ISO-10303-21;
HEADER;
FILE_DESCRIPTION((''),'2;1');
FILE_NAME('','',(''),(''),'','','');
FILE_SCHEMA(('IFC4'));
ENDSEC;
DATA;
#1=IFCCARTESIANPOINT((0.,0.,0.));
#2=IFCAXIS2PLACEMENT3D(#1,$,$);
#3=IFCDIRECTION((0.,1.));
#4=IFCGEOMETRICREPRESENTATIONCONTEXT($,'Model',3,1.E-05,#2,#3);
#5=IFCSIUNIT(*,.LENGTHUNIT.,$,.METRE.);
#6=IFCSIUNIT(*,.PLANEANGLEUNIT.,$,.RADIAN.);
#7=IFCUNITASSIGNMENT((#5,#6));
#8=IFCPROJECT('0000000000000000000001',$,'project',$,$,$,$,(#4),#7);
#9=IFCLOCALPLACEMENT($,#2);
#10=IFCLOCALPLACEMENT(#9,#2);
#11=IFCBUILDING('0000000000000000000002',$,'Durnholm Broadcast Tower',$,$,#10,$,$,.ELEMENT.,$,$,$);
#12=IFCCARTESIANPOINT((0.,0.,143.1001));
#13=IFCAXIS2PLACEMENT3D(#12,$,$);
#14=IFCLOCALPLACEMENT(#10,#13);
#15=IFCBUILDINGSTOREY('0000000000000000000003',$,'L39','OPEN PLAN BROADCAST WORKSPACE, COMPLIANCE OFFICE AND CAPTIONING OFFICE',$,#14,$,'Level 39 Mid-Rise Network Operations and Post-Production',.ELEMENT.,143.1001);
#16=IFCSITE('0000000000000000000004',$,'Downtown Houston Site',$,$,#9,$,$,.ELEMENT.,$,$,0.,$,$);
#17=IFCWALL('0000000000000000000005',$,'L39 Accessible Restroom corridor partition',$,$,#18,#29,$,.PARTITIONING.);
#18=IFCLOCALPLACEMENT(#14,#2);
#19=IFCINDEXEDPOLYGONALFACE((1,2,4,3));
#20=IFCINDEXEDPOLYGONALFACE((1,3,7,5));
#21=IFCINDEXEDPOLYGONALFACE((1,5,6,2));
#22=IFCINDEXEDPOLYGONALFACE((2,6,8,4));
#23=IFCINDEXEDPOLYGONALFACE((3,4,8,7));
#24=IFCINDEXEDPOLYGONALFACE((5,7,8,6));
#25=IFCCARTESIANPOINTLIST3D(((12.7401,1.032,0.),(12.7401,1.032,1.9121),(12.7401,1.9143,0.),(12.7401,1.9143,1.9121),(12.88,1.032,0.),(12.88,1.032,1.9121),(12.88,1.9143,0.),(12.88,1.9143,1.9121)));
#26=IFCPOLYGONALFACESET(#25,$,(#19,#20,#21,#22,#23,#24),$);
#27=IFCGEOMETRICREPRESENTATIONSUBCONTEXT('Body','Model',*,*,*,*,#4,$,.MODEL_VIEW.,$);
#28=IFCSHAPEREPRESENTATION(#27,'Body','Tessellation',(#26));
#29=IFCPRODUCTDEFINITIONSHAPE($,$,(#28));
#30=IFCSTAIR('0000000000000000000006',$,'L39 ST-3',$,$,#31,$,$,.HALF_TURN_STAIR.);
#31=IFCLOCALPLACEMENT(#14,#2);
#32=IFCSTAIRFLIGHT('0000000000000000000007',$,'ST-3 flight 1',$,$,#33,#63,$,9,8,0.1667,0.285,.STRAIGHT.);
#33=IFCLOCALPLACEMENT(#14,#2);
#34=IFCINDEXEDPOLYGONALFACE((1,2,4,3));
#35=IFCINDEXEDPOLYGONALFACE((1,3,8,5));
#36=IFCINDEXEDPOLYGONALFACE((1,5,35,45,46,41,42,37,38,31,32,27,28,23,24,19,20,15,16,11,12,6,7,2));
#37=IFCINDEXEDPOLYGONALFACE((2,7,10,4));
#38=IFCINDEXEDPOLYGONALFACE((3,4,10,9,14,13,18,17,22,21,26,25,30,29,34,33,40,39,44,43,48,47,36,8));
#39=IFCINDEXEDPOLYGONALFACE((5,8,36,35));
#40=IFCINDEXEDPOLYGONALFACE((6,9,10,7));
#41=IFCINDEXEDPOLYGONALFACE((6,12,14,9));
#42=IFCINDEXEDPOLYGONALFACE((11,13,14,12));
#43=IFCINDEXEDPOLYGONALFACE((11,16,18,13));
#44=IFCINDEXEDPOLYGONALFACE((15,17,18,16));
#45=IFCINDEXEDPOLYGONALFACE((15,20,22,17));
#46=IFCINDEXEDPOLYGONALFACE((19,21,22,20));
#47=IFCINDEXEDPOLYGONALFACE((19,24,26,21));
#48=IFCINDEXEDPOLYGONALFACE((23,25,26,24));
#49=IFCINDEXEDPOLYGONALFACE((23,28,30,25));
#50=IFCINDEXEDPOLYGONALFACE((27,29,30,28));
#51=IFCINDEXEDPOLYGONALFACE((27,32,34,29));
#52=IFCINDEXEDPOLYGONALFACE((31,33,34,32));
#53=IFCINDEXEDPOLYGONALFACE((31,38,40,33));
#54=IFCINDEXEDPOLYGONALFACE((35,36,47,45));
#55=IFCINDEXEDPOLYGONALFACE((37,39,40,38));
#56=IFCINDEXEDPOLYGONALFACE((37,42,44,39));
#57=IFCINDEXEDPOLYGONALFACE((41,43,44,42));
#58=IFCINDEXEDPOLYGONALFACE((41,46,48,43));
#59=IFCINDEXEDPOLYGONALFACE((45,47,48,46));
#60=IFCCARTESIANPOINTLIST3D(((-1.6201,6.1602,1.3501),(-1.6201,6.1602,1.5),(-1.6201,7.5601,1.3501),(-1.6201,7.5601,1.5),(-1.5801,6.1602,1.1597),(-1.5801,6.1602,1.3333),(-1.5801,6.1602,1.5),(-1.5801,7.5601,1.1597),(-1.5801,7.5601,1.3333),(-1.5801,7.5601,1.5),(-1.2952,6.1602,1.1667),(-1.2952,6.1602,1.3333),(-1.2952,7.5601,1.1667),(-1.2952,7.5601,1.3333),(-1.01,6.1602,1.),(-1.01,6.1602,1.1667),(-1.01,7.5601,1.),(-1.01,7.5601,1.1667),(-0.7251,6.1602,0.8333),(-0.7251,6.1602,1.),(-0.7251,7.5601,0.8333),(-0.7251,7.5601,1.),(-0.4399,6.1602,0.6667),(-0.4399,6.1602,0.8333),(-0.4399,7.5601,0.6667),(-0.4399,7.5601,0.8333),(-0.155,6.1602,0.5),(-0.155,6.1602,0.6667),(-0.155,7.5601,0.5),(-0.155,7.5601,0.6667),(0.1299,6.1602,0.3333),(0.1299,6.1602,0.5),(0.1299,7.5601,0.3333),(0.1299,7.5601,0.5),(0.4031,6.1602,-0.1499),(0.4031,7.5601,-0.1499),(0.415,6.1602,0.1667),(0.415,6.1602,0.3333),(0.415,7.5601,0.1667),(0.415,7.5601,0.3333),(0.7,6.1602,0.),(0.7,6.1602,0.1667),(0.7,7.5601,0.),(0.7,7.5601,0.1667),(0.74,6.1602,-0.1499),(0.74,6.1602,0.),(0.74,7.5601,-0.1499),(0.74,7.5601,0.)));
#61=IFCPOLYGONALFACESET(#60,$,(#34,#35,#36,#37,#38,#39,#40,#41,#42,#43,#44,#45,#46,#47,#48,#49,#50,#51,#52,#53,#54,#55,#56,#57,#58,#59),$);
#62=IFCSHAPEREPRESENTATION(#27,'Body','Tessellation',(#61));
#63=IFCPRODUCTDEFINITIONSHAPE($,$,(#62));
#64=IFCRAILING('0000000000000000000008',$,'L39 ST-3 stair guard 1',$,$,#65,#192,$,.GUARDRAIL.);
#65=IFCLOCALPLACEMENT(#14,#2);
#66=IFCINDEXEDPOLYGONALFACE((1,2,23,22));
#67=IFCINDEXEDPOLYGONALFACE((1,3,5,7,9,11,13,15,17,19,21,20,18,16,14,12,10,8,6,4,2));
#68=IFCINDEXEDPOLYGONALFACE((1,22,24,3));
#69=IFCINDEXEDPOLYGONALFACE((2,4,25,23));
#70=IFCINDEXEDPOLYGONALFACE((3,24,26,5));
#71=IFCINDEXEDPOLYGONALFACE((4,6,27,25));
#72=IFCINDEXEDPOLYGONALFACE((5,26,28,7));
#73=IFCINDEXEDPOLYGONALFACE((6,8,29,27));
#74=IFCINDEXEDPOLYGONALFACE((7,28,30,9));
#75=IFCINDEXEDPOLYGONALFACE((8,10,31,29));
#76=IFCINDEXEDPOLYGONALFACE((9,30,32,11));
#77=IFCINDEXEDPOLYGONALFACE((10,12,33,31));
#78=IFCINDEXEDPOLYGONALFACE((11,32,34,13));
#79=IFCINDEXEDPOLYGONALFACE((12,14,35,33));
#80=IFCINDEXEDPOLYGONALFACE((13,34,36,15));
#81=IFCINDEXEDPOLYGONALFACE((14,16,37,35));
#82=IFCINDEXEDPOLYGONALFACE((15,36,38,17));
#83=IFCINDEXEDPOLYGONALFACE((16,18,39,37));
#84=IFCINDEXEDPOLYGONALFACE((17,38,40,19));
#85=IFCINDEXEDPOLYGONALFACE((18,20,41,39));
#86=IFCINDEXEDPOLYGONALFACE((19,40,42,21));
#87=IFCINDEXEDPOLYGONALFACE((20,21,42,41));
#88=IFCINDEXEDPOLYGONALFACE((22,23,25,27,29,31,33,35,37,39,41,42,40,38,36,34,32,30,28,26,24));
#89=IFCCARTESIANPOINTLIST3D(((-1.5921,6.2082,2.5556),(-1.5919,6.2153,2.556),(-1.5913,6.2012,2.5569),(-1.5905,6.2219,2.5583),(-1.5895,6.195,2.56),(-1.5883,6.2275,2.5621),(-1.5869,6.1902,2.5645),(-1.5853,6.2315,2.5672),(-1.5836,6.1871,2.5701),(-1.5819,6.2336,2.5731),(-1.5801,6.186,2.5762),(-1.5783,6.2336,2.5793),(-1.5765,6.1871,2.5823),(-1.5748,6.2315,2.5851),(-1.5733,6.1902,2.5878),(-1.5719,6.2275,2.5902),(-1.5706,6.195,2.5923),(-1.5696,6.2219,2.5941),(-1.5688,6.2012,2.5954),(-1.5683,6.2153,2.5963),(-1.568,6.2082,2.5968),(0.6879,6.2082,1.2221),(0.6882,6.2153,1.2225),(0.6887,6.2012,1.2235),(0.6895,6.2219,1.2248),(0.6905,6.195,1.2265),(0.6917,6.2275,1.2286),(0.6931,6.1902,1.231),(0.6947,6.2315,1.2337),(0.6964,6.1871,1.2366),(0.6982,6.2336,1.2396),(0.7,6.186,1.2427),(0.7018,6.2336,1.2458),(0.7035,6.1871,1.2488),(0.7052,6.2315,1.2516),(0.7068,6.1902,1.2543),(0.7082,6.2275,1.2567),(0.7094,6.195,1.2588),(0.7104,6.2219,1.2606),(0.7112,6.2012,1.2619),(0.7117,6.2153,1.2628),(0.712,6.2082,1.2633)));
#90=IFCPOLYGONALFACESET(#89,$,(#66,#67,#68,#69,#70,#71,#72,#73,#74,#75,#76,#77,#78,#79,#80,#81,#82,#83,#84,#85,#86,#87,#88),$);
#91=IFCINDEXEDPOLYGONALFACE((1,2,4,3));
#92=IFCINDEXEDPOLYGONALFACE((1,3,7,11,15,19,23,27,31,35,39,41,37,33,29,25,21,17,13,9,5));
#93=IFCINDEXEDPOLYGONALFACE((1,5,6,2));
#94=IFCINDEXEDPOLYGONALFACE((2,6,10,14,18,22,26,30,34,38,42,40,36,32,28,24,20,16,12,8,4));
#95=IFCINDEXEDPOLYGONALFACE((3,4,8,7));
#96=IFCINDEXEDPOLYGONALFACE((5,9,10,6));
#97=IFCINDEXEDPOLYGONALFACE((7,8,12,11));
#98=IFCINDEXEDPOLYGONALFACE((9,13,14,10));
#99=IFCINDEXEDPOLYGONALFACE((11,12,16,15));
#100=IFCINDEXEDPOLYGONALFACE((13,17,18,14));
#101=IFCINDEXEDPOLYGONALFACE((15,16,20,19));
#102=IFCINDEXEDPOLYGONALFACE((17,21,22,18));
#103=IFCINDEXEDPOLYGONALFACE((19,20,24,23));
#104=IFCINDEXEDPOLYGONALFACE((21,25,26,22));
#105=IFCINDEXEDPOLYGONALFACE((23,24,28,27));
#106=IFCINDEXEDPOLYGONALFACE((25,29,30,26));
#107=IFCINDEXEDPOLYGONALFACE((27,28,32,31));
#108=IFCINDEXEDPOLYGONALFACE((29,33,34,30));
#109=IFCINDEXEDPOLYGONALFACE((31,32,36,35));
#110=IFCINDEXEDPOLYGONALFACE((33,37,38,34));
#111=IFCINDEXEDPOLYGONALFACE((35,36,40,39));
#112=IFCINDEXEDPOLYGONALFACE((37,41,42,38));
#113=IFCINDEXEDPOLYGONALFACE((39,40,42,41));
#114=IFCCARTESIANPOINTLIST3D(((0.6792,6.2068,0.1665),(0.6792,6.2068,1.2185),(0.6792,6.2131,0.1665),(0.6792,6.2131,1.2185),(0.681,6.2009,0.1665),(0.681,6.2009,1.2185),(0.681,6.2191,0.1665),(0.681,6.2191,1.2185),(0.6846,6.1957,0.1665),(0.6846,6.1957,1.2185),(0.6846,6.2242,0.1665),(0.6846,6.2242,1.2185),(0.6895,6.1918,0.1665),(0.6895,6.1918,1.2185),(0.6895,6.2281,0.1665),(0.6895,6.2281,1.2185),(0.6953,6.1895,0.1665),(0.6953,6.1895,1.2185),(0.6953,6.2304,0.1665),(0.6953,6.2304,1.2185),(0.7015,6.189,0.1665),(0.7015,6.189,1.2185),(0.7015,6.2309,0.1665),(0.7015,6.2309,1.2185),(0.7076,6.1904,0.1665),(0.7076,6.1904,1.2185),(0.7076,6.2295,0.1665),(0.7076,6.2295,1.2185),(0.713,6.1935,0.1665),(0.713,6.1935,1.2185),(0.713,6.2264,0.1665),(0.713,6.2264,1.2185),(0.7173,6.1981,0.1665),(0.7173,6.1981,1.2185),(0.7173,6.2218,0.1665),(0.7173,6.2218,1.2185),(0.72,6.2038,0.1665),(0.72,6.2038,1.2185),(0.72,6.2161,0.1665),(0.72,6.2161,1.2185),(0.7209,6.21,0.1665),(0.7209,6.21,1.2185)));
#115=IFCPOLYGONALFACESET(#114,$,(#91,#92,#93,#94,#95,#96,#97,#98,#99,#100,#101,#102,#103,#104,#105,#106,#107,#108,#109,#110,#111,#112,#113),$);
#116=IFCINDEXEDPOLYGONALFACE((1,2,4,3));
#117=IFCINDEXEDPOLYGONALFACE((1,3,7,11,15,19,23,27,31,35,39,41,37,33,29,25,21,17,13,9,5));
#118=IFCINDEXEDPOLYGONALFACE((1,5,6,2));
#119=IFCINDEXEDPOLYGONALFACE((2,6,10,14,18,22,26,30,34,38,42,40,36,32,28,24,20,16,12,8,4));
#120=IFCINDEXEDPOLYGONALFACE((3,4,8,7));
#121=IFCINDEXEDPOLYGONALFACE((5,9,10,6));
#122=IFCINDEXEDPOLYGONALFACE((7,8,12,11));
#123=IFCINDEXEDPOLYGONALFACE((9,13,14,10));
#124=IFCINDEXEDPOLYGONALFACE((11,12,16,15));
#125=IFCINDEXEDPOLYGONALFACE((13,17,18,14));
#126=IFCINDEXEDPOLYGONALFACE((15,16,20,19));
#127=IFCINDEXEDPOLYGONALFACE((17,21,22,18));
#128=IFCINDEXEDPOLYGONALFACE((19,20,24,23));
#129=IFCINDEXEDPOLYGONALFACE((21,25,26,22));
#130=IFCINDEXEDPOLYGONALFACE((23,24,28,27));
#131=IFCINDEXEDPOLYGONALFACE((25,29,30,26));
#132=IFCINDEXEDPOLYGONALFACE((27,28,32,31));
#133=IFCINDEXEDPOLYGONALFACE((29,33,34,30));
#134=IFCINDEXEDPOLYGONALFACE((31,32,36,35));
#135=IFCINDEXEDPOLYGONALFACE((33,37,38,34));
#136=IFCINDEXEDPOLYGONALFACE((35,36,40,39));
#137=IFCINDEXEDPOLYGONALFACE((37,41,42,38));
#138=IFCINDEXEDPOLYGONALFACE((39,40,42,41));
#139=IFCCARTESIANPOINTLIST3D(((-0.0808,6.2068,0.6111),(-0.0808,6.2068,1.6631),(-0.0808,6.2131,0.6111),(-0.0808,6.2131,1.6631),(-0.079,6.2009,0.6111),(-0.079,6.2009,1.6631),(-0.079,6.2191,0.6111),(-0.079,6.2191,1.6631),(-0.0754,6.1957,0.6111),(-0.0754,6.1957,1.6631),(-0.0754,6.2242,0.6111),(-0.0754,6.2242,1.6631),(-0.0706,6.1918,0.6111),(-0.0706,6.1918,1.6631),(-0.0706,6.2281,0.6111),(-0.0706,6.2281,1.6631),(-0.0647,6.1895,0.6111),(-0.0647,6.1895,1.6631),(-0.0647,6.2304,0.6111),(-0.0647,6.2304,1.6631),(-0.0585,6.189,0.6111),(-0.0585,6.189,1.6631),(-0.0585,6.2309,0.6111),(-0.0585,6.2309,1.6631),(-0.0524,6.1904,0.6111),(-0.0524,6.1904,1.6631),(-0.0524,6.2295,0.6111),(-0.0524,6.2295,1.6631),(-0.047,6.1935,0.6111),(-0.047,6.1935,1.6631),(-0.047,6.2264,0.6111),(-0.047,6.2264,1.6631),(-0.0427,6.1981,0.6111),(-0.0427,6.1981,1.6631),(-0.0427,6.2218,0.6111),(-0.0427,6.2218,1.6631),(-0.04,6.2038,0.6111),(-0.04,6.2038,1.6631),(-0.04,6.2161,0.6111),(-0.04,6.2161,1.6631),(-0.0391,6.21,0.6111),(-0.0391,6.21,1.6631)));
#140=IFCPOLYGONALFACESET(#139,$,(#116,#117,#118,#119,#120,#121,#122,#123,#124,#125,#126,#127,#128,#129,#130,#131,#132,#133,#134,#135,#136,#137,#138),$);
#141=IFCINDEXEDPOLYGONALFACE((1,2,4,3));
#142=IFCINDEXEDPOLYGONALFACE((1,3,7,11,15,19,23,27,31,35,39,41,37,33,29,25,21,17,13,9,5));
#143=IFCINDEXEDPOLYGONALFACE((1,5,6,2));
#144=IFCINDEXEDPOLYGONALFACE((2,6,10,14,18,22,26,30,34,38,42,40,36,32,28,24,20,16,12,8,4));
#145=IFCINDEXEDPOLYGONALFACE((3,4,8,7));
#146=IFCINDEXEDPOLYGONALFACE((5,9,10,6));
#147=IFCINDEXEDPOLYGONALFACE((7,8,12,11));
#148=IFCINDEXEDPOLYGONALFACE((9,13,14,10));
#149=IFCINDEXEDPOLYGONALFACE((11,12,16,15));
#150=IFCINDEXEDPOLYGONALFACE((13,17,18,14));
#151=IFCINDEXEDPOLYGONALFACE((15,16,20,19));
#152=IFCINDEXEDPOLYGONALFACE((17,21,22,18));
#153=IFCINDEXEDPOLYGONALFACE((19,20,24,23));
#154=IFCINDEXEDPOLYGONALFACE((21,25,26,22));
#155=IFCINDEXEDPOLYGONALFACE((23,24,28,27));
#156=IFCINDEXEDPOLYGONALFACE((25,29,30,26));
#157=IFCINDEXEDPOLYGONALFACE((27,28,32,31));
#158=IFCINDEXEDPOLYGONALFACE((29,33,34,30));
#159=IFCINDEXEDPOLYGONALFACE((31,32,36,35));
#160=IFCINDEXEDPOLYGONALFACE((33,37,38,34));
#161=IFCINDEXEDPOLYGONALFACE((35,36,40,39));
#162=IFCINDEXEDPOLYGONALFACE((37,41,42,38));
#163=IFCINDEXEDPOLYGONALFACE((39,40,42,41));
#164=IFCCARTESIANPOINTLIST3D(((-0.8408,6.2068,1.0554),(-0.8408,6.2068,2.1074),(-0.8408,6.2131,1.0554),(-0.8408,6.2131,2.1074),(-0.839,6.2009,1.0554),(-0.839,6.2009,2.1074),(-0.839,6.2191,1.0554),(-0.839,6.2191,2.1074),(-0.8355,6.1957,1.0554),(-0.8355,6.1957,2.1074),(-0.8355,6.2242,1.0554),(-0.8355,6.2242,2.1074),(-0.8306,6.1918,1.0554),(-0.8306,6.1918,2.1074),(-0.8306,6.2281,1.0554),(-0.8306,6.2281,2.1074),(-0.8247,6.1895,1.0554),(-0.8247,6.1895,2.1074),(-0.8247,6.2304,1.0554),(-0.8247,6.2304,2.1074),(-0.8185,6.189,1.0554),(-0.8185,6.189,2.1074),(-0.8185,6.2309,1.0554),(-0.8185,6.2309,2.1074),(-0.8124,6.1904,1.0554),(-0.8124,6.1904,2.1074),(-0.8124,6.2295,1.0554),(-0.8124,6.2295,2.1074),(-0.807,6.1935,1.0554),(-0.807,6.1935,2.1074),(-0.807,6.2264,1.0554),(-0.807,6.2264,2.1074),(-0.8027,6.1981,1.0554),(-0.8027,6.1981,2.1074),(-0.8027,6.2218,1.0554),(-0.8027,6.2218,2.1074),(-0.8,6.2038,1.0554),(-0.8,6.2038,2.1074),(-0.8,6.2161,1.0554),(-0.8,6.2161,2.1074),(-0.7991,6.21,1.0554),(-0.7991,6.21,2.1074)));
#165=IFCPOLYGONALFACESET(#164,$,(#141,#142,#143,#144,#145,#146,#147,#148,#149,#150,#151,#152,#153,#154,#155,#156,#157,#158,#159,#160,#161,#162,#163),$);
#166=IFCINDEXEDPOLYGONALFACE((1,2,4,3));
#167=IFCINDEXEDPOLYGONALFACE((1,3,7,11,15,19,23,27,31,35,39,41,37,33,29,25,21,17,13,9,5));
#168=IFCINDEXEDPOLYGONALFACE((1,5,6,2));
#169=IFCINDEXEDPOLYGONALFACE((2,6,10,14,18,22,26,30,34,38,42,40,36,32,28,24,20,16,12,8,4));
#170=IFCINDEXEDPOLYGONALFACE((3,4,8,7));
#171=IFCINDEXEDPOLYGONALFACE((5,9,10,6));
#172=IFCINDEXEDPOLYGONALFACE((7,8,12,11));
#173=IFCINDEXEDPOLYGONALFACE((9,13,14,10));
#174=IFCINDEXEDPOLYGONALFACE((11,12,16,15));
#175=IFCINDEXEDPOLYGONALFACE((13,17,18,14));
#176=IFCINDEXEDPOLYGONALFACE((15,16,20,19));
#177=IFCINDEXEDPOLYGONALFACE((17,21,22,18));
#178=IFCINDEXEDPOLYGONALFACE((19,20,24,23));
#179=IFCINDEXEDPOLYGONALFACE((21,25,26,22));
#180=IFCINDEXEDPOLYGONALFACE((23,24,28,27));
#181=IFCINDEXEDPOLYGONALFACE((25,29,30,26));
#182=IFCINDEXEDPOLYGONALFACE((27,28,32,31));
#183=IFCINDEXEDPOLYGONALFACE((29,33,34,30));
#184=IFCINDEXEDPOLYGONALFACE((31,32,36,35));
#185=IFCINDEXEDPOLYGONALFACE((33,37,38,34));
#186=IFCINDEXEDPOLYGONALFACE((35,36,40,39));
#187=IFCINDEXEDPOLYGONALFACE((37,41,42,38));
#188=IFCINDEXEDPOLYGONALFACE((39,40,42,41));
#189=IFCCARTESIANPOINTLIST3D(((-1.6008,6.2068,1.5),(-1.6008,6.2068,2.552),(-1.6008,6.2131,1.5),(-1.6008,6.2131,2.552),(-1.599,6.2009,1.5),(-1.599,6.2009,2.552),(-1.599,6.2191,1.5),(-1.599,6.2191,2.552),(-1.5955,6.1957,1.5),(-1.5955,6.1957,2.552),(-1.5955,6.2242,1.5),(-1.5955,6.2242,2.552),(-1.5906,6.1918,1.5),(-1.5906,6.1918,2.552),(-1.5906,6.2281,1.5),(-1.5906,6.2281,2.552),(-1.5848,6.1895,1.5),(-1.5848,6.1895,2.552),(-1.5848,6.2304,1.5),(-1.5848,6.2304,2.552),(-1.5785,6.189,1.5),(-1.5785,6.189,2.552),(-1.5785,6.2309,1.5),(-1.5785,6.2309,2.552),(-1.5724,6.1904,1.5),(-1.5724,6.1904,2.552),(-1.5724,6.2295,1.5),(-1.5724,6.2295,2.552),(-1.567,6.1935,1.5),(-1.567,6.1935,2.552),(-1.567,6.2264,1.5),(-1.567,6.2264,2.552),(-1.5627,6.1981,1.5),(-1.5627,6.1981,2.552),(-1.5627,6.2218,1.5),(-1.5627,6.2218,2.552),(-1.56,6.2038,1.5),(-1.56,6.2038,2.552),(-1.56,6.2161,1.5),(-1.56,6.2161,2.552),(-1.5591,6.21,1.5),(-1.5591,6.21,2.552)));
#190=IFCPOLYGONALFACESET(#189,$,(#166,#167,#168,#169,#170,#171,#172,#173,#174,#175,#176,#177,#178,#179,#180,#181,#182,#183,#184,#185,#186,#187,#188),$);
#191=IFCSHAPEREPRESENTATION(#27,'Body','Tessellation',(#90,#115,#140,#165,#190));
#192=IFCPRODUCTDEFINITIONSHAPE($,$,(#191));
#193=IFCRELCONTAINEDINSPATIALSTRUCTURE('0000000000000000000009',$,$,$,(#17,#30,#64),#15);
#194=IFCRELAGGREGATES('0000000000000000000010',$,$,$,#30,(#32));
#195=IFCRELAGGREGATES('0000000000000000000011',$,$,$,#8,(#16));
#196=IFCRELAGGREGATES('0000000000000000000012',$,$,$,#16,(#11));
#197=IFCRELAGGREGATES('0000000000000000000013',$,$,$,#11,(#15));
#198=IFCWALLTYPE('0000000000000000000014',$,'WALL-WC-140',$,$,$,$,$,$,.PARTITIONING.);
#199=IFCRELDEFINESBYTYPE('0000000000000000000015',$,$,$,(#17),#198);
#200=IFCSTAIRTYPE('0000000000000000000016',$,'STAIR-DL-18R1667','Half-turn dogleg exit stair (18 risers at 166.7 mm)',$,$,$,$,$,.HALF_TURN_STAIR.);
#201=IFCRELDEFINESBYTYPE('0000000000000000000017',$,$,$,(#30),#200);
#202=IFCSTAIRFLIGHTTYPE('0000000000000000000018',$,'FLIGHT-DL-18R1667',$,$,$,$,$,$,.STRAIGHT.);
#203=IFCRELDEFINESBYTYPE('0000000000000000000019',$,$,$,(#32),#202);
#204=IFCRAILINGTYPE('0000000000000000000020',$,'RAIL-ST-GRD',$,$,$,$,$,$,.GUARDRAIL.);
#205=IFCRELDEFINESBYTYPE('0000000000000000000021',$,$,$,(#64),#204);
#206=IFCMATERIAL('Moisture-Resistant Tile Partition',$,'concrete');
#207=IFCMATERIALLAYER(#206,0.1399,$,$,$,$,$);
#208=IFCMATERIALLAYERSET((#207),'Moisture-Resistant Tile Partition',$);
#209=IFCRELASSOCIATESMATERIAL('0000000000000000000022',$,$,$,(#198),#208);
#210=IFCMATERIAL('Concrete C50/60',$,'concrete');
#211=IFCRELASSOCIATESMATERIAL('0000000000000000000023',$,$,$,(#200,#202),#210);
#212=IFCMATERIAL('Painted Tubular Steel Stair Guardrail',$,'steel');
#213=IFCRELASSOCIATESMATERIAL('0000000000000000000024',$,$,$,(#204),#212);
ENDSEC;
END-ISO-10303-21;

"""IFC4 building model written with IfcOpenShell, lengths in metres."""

from ifc_helpers import new_model, si_unit, direction, frame, frame_2d, origin, origin_2d, place, context, subcontext, project, spatial, polyline, rectangle, circle, outline, extrude, material, layer, layer_set, type_object, element, aggregate, save


model = new_model("IFC4")

# Units and contexts
model_context = context("Model", 3, precision=1e-05, world=origin(), true_north=direction((0.0, 1.0)))
body_context = subcontext(model_context, "Body", "Model", "MODEL_VIEW")
ifc_project = project(units=[si_unit("LENGTHUNIT", "METRE"), si_unit("PLANEANGLEUNIT", "RADIAN")], contexts=[model_context])

# Site, building, storey
site_placement = place(None, origin())
site = spatial("IfcSite", under=ifc_project, at=site_placement, Name="Downtown Houston Site", CompositionType="ELEMENT", RefElevation=0.0)
building_placement = place(site_placement, origin())
building = spatial("IfcBuilding", under=site, at=building_placement, Name="Durnholm Broadcast Tower", CompositionType="ELEMENT")
storey_placement = place(building_placement, frame((0.0, 0.0, 143.1001)))
storey = spatial("IfcBuildingStorey", under=building, at=storey_placement, Name="L39", Description="OPEN PLAN BROADCAST WORKSPACE, COMPLIANCE OFFICE AND CAPTIONING OFFICE", LongName="Level 39 Mid-Rise Network Operations and Post-Production", CompositionType="ELEMENT", Elevation=143.1001)

# Wall
ifc_material_1 = material(Name="Concrete C50/60", Category="concrete")
ifc_material_2 = material(Name="Moisture-Resistant Tile Partition", Category="concrete")
ifc_layer_1 = layer(ifc_material_2, 0.1399)
ifc_layer_set_1 = layer_set([ifc_layer_1], Name="Moisture-Resistant Tile Partition")
wall_type_1 = type_object("IfcWallType", Name="WALL-WC-140", PredefinedType="PARTITIONING", material=ifc_layer_set_1)
wall_1_placement = place(storey_placement, frame((12.8101, 1.032, 0.0), z_axis=(0.0, 0.0, 1.0), x_axis=(0.0, 1.0, 0.0)))
element("IfcWall", 1, at=wall_1_placement, inside=storey, type_object=wall_type_1, Name="L39 Accessible Restroom corridor partition", PredefinedType="PARTITIONING", context=body_context, shape_type="SweptSolid", body=[
    extrude(rectangle(XDim=0.8823, YDim=0.1399, at=frame_2d((0.4412, 0.0))), origin(), (0.0, 0.0, 1.0), 1.9121),
])

# Stair, stair flight
stair_type = type_object("IfcStairType", Name="STAIR-DL-18R1667", Description="Half-turn dogleg exit stair (18 risers at 166.7 mm)", PredefinedType="HALF_TURN_STAIR", material=ifc_material_1)
stair_placement = place(storey_placement, origin())
stair = element("IfcStair", 2, at=stair_placement, inside=storey, type_object=stair_type, Name="L39 ST-3", PredefinedType="HALF_TURN_STAIR")
stair_flight_type = type_object("IfcStairFlightType", Name="FLIGHT-DL-18R1667", PredefinedType="STRAIGHT", material=ifc_material_1)
stair_flight_placement = place(storey_placement, frame((0.7, 6.8601, 0.0), z_axis=(0.0, 0.0, 1.0), x_axis=(-1.0, 0.0, 0.0)))
stair_flight = element("IfcStairFlight", 3, at=stair_flight_placement, type_object=stair_flight_type, Name="ST-3 flight 1", NumberOfRisers=9, NumberOfTreads=8, PredefinedType="STRAIGHT", RiserHeight=0.1667, TreadLength=0.285, context=body_context, shape_type="SweptSolid", body=[
    extrude(outline(polyline([(-0.04, -0.1499), (-0.04, 0.0), (0.0, 0.0), (0.0, 0.1667), (0.2849, 0.1667), (0.2849, 0.3333), (0.5701, 0.3333), (0.5701, 0.5), (0.855, 0.5), (0.855, 0.6667), (1.1399, 0.6667), (1.1399, 0.8333), (1.425, 0.8333), (1.425, 1.0), (1.71, 1.0), (1.71, 1.1667), (1.9951, 1.1667), (1.9951, 1.3333), (2.28, 1.3333), (2.28, 1.5), (2.3201, 1.5), (2.3201, 1.3501), (2.28, 1.1597), (0.2969, -0.1499), (-0.04, -0.1499)])), frame((0.0, 0.7, 0.0), z_axis=(0.0, -1.0, 0.0), x_axis=(1.0, 0.0, 0.0)), (0.0, 0.0, 1.0), 1.3999),
])
aggregate(stair, [stair_flight])

# Railing
ifc_material_3 = material(Name="Painted Tubular Steel Stair Guardrail", Category="steel")
railing_type_1 = type_object("IfcRailingType", Name="RAIL-ST-GRD", PredefinedType="GUARDRAIL", material=ifc_material_3)
railing_1_placement = place(storey_placement, frame((0.7, 6.21, 0.1665)))
element("IfcRailing", 4, at=railing_1_placement, inside=storey, type_object=railing_type_1, Name="L39 ST-3 stair guard 1", PredefinedType="GUARDRAIL", context=body_context, shape_type="SweptSolid", body=[
    extrude(circle(Radius=0.0239, at=origin_2d()), frame((0.0, 0.0, 1.0762), z_axis=(-0.863205, 0.0, 0.504853), x_axis=(0.0, -1.0, 0.0)), (0.0, 0.0, 1.0), 2.6414),
    extrude(circle(Radius=0.021, at=origin_2d()), origin(), (0.0, 0.0, 1.0), 1.052),
    extrude(circle(Radius=0.021, at=origin_2d()), frame((-0.76, 0.0, 0.4446)), (0.0, 0.0, 1.0), 1.052),
    extrude(circle(Radius=0.021, at=origin_2d()), frame((-1.52, 0.0, 0.8889)), (0.0, 0.0, 1.0), 1.052),
    extrude(circle(Radius=0.021, at=origin_2d()), frame((-2.28, 0.0, 1.3335)), (0.0, 0.0, 1.0), 1.052),
])

save(model, "model.ifc")
